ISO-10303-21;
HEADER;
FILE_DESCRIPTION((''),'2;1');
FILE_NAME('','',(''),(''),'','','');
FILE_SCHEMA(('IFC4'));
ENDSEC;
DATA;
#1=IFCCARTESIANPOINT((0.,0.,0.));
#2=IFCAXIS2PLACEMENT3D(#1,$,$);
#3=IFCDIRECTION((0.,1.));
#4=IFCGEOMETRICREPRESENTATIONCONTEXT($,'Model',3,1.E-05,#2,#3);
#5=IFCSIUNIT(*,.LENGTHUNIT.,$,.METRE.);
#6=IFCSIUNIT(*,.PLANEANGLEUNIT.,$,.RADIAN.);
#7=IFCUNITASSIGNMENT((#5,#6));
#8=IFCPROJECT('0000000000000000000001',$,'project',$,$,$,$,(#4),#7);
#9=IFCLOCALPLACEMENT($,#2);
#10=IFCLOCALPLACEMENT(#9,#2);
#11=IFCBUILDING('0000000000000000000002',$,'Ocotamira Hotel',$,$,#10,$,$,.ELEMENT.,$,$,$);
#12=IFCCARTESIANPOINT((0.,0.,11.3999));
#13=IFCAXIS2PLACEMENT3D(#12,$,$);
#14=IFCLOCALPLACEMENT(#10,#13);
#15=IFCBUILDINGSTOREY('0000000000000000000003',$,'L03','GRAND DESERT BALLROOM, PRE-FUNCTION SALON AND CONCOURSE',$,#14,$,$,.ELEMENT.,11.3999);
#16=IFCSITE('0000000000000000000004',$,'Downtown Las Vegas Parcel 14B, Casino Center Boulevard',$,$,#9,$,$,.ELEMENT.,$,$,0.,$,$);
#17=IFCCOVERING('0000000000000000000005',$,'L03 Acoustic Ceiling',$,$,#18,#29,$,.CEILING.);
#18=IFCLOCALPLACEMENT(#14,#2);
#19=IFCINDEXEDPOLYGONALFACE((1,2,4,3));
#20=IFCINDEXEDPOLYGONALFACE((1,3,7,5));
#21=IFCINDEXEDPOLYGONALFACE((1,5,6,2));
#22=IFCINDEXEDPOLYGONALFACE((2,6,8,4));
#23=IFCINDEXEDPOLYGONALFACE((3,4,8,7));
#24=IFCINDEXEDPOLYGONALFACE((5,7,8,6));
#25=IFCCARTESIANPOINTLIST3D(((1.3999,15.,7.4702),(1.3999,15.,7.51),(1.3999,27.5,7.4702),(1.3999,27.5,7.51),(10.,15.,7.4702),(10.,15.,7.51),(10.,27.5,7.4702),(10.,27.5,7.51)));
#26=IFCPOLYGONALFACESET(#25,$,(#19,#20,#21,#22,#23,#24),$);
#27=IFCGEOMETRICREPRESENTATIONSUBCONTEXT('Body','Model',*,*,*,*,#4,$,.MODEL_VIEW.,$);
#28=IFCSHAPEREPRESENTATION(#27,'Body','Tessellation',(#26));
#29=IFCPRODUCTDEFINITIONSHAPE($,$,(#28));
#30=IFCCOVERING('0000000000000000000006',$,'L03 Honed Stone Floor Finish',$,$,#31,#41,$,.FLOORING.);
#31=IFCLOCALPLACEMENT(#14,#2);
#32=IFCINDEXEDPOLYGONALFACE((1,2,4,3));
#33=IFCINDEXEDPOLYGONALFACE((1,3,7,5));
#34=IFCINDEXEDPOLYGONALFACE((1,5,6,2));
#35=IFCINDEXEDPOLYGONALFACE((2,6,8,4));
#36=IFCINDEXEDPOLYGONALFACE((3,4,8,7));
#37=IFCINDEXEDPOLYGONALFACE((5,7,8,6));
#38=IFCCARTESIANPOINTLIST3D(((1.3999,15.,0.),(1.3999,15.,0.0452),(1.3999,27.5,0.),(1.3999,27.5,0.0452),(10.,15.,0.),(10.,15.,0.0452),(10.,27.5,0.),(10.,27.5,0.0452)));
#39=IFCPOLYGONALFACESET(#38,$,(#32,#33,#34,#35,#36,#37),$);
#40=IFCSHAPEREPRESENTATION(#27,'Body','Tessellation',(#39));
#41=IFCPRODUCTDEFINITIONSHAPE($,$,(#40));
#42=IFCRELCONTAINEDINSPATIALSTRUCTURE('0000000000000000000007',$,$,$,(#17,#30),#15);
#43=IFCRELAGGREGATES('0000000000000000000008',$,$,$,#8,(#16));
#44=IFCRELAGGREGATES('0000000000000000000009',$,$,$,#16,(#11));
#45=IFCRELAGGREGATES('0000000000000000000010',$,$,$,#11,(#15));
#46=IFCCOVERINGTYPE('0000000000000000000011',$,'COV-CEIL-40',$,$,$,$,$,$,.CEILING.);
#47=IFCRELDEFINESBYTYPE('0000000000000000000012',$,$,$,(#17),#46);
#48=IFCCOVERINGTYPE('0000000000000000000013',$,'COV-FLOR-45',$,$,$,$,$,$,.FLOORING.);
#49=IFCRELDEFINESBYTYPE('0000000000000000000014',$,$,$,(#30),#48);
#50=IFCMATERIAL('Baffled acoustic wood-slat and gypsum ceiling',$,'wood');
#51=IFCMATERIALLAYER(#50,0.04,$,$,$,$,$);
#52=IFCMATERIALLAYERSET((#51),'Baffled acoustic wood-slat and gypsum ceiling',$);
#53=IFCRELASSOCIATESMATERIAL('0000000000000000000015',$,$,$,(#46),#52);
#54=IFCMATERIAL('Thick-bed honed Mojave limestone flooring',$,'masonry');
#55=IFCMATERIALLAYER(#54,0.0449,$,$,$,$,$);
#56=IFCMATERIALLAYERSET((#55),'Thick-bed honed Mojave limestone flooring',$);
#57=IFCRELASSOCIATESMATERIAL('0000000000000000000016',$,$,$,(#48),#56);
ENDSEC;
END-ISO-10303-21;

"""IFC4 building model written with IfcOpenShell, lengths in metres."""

from ifc_helpers import new_model, si_unit, direction, frame, origin, place, context, subcontext, project, spatial, polyline, outline, extrude, material, layer, layer_set, type_object, element, save


model = new_model("IFC4")

# Units and contexts
model_context = context("Model", 3, precision=1e-05, world=origin(), true_north=direction((0.0, 1.0)))
body_context = subcontext(model_context, "Body", "Model", "MODEL_VIEW")
ifc_project = project(units=[si_unit("LENGTHUNIT", "METRE"), si_unit("PLANEANGLEUNIT", "RADIAN")], contexts=[model_context])

# Site, building, storey
site_placement = place(None, origin())
site = spatial("IfcSite", under=ifc_project, at=site_placement, Name="Downtown Las Vegas Parcel 14B, Casino Center Boulevard", CompositionType="ELEMENT", RefElevation=0.0)
building_placement = place(site_placement, origin())
building = spatial("IfcBuilding", under=site, at=building_placement, Name="Ocotamira Hotel", CompositionType="ELEMENT")
storey_placement = place(building_placement, frame((0.0, 0.0, 11.3999)))
storey = spatial("IfcBuildingStorey", under=building, at=storey_placement, Name="L03", Description="GRAND DESERT BALLROOM, PRE-FUNCTION SALON AND CONCOURSE", CompositionType="ELEMENT", Elevation=11.3999)

# Coverings
ifc_material_1 = material(Name="Baffled acoustic wood-slat and gypsum ceiling", Category="wood")
ifc_layer_1 = layer(ifc_material_1, 0.04)
ifc_layer_set_1 = layer_set([ifc_layer_1], Name="Baffled acoustic wood-slat and gypsum ceiling")
covering_type_1 = type_object("IfcCoveringType", Name="COV-CEIL-40", PredefinedType="CEILING", material=ifc_layer_set_1)
covering_1_placement = place(storey_placement, frame((0.0, 0.0, 7.4702)))
element("IfcCovering", 1, at=covering_1_placement, inside=storey, type_object=covering_type_1, Name="L03 Acoustic Ceiling", PredefinedType="CEILING", context=body_context, shape_type="SweptSolid", body=[
    extrude(outline(polyline([(1.3999, 15.0), (10.0, 15.0), (10.0, 27.5), (1.3999, 27.5), (1.3999, 15.0)])), origin(), (0.0, 0.0, 1.0), 0.0398),
])
ifc_material_2 = material(Name="Thick-bed honed Mojave limestone flooring", Category="masonry")
ifc_layer_2 = layer(ifc_material_2, 0.0449)
ifc_layer_set_2 = layer_set([ifc_layer_2], Name="Thick-bed honed Mojave limestone flooring")
covering_type_2 = type_object("IfcCoveringType", Name="COV-FLOR-45", PredefinedType="FLOORING", material=ifc_layer_set_2)
covering_2_placement = place(storey_placement, origin())
element("IfcCovering", 2, at=covering_2_placement, inside=storey, type_object=covering_type_2, Name="L03 Honed Stone Floor Finish", PredefinedType="FLOORING", context=body_context, shape_type="SweptSolid", body=[
    extrude(outline(polyline([(1.3999, 15.0), (10.0, 15.0), (10.0, 27.5), (1.3999, 27.5), (1.3999, 15.0)])), origin(), (0.0, 0.0, 1.0), 0.0452),
])

save(model, "model.ifc")
